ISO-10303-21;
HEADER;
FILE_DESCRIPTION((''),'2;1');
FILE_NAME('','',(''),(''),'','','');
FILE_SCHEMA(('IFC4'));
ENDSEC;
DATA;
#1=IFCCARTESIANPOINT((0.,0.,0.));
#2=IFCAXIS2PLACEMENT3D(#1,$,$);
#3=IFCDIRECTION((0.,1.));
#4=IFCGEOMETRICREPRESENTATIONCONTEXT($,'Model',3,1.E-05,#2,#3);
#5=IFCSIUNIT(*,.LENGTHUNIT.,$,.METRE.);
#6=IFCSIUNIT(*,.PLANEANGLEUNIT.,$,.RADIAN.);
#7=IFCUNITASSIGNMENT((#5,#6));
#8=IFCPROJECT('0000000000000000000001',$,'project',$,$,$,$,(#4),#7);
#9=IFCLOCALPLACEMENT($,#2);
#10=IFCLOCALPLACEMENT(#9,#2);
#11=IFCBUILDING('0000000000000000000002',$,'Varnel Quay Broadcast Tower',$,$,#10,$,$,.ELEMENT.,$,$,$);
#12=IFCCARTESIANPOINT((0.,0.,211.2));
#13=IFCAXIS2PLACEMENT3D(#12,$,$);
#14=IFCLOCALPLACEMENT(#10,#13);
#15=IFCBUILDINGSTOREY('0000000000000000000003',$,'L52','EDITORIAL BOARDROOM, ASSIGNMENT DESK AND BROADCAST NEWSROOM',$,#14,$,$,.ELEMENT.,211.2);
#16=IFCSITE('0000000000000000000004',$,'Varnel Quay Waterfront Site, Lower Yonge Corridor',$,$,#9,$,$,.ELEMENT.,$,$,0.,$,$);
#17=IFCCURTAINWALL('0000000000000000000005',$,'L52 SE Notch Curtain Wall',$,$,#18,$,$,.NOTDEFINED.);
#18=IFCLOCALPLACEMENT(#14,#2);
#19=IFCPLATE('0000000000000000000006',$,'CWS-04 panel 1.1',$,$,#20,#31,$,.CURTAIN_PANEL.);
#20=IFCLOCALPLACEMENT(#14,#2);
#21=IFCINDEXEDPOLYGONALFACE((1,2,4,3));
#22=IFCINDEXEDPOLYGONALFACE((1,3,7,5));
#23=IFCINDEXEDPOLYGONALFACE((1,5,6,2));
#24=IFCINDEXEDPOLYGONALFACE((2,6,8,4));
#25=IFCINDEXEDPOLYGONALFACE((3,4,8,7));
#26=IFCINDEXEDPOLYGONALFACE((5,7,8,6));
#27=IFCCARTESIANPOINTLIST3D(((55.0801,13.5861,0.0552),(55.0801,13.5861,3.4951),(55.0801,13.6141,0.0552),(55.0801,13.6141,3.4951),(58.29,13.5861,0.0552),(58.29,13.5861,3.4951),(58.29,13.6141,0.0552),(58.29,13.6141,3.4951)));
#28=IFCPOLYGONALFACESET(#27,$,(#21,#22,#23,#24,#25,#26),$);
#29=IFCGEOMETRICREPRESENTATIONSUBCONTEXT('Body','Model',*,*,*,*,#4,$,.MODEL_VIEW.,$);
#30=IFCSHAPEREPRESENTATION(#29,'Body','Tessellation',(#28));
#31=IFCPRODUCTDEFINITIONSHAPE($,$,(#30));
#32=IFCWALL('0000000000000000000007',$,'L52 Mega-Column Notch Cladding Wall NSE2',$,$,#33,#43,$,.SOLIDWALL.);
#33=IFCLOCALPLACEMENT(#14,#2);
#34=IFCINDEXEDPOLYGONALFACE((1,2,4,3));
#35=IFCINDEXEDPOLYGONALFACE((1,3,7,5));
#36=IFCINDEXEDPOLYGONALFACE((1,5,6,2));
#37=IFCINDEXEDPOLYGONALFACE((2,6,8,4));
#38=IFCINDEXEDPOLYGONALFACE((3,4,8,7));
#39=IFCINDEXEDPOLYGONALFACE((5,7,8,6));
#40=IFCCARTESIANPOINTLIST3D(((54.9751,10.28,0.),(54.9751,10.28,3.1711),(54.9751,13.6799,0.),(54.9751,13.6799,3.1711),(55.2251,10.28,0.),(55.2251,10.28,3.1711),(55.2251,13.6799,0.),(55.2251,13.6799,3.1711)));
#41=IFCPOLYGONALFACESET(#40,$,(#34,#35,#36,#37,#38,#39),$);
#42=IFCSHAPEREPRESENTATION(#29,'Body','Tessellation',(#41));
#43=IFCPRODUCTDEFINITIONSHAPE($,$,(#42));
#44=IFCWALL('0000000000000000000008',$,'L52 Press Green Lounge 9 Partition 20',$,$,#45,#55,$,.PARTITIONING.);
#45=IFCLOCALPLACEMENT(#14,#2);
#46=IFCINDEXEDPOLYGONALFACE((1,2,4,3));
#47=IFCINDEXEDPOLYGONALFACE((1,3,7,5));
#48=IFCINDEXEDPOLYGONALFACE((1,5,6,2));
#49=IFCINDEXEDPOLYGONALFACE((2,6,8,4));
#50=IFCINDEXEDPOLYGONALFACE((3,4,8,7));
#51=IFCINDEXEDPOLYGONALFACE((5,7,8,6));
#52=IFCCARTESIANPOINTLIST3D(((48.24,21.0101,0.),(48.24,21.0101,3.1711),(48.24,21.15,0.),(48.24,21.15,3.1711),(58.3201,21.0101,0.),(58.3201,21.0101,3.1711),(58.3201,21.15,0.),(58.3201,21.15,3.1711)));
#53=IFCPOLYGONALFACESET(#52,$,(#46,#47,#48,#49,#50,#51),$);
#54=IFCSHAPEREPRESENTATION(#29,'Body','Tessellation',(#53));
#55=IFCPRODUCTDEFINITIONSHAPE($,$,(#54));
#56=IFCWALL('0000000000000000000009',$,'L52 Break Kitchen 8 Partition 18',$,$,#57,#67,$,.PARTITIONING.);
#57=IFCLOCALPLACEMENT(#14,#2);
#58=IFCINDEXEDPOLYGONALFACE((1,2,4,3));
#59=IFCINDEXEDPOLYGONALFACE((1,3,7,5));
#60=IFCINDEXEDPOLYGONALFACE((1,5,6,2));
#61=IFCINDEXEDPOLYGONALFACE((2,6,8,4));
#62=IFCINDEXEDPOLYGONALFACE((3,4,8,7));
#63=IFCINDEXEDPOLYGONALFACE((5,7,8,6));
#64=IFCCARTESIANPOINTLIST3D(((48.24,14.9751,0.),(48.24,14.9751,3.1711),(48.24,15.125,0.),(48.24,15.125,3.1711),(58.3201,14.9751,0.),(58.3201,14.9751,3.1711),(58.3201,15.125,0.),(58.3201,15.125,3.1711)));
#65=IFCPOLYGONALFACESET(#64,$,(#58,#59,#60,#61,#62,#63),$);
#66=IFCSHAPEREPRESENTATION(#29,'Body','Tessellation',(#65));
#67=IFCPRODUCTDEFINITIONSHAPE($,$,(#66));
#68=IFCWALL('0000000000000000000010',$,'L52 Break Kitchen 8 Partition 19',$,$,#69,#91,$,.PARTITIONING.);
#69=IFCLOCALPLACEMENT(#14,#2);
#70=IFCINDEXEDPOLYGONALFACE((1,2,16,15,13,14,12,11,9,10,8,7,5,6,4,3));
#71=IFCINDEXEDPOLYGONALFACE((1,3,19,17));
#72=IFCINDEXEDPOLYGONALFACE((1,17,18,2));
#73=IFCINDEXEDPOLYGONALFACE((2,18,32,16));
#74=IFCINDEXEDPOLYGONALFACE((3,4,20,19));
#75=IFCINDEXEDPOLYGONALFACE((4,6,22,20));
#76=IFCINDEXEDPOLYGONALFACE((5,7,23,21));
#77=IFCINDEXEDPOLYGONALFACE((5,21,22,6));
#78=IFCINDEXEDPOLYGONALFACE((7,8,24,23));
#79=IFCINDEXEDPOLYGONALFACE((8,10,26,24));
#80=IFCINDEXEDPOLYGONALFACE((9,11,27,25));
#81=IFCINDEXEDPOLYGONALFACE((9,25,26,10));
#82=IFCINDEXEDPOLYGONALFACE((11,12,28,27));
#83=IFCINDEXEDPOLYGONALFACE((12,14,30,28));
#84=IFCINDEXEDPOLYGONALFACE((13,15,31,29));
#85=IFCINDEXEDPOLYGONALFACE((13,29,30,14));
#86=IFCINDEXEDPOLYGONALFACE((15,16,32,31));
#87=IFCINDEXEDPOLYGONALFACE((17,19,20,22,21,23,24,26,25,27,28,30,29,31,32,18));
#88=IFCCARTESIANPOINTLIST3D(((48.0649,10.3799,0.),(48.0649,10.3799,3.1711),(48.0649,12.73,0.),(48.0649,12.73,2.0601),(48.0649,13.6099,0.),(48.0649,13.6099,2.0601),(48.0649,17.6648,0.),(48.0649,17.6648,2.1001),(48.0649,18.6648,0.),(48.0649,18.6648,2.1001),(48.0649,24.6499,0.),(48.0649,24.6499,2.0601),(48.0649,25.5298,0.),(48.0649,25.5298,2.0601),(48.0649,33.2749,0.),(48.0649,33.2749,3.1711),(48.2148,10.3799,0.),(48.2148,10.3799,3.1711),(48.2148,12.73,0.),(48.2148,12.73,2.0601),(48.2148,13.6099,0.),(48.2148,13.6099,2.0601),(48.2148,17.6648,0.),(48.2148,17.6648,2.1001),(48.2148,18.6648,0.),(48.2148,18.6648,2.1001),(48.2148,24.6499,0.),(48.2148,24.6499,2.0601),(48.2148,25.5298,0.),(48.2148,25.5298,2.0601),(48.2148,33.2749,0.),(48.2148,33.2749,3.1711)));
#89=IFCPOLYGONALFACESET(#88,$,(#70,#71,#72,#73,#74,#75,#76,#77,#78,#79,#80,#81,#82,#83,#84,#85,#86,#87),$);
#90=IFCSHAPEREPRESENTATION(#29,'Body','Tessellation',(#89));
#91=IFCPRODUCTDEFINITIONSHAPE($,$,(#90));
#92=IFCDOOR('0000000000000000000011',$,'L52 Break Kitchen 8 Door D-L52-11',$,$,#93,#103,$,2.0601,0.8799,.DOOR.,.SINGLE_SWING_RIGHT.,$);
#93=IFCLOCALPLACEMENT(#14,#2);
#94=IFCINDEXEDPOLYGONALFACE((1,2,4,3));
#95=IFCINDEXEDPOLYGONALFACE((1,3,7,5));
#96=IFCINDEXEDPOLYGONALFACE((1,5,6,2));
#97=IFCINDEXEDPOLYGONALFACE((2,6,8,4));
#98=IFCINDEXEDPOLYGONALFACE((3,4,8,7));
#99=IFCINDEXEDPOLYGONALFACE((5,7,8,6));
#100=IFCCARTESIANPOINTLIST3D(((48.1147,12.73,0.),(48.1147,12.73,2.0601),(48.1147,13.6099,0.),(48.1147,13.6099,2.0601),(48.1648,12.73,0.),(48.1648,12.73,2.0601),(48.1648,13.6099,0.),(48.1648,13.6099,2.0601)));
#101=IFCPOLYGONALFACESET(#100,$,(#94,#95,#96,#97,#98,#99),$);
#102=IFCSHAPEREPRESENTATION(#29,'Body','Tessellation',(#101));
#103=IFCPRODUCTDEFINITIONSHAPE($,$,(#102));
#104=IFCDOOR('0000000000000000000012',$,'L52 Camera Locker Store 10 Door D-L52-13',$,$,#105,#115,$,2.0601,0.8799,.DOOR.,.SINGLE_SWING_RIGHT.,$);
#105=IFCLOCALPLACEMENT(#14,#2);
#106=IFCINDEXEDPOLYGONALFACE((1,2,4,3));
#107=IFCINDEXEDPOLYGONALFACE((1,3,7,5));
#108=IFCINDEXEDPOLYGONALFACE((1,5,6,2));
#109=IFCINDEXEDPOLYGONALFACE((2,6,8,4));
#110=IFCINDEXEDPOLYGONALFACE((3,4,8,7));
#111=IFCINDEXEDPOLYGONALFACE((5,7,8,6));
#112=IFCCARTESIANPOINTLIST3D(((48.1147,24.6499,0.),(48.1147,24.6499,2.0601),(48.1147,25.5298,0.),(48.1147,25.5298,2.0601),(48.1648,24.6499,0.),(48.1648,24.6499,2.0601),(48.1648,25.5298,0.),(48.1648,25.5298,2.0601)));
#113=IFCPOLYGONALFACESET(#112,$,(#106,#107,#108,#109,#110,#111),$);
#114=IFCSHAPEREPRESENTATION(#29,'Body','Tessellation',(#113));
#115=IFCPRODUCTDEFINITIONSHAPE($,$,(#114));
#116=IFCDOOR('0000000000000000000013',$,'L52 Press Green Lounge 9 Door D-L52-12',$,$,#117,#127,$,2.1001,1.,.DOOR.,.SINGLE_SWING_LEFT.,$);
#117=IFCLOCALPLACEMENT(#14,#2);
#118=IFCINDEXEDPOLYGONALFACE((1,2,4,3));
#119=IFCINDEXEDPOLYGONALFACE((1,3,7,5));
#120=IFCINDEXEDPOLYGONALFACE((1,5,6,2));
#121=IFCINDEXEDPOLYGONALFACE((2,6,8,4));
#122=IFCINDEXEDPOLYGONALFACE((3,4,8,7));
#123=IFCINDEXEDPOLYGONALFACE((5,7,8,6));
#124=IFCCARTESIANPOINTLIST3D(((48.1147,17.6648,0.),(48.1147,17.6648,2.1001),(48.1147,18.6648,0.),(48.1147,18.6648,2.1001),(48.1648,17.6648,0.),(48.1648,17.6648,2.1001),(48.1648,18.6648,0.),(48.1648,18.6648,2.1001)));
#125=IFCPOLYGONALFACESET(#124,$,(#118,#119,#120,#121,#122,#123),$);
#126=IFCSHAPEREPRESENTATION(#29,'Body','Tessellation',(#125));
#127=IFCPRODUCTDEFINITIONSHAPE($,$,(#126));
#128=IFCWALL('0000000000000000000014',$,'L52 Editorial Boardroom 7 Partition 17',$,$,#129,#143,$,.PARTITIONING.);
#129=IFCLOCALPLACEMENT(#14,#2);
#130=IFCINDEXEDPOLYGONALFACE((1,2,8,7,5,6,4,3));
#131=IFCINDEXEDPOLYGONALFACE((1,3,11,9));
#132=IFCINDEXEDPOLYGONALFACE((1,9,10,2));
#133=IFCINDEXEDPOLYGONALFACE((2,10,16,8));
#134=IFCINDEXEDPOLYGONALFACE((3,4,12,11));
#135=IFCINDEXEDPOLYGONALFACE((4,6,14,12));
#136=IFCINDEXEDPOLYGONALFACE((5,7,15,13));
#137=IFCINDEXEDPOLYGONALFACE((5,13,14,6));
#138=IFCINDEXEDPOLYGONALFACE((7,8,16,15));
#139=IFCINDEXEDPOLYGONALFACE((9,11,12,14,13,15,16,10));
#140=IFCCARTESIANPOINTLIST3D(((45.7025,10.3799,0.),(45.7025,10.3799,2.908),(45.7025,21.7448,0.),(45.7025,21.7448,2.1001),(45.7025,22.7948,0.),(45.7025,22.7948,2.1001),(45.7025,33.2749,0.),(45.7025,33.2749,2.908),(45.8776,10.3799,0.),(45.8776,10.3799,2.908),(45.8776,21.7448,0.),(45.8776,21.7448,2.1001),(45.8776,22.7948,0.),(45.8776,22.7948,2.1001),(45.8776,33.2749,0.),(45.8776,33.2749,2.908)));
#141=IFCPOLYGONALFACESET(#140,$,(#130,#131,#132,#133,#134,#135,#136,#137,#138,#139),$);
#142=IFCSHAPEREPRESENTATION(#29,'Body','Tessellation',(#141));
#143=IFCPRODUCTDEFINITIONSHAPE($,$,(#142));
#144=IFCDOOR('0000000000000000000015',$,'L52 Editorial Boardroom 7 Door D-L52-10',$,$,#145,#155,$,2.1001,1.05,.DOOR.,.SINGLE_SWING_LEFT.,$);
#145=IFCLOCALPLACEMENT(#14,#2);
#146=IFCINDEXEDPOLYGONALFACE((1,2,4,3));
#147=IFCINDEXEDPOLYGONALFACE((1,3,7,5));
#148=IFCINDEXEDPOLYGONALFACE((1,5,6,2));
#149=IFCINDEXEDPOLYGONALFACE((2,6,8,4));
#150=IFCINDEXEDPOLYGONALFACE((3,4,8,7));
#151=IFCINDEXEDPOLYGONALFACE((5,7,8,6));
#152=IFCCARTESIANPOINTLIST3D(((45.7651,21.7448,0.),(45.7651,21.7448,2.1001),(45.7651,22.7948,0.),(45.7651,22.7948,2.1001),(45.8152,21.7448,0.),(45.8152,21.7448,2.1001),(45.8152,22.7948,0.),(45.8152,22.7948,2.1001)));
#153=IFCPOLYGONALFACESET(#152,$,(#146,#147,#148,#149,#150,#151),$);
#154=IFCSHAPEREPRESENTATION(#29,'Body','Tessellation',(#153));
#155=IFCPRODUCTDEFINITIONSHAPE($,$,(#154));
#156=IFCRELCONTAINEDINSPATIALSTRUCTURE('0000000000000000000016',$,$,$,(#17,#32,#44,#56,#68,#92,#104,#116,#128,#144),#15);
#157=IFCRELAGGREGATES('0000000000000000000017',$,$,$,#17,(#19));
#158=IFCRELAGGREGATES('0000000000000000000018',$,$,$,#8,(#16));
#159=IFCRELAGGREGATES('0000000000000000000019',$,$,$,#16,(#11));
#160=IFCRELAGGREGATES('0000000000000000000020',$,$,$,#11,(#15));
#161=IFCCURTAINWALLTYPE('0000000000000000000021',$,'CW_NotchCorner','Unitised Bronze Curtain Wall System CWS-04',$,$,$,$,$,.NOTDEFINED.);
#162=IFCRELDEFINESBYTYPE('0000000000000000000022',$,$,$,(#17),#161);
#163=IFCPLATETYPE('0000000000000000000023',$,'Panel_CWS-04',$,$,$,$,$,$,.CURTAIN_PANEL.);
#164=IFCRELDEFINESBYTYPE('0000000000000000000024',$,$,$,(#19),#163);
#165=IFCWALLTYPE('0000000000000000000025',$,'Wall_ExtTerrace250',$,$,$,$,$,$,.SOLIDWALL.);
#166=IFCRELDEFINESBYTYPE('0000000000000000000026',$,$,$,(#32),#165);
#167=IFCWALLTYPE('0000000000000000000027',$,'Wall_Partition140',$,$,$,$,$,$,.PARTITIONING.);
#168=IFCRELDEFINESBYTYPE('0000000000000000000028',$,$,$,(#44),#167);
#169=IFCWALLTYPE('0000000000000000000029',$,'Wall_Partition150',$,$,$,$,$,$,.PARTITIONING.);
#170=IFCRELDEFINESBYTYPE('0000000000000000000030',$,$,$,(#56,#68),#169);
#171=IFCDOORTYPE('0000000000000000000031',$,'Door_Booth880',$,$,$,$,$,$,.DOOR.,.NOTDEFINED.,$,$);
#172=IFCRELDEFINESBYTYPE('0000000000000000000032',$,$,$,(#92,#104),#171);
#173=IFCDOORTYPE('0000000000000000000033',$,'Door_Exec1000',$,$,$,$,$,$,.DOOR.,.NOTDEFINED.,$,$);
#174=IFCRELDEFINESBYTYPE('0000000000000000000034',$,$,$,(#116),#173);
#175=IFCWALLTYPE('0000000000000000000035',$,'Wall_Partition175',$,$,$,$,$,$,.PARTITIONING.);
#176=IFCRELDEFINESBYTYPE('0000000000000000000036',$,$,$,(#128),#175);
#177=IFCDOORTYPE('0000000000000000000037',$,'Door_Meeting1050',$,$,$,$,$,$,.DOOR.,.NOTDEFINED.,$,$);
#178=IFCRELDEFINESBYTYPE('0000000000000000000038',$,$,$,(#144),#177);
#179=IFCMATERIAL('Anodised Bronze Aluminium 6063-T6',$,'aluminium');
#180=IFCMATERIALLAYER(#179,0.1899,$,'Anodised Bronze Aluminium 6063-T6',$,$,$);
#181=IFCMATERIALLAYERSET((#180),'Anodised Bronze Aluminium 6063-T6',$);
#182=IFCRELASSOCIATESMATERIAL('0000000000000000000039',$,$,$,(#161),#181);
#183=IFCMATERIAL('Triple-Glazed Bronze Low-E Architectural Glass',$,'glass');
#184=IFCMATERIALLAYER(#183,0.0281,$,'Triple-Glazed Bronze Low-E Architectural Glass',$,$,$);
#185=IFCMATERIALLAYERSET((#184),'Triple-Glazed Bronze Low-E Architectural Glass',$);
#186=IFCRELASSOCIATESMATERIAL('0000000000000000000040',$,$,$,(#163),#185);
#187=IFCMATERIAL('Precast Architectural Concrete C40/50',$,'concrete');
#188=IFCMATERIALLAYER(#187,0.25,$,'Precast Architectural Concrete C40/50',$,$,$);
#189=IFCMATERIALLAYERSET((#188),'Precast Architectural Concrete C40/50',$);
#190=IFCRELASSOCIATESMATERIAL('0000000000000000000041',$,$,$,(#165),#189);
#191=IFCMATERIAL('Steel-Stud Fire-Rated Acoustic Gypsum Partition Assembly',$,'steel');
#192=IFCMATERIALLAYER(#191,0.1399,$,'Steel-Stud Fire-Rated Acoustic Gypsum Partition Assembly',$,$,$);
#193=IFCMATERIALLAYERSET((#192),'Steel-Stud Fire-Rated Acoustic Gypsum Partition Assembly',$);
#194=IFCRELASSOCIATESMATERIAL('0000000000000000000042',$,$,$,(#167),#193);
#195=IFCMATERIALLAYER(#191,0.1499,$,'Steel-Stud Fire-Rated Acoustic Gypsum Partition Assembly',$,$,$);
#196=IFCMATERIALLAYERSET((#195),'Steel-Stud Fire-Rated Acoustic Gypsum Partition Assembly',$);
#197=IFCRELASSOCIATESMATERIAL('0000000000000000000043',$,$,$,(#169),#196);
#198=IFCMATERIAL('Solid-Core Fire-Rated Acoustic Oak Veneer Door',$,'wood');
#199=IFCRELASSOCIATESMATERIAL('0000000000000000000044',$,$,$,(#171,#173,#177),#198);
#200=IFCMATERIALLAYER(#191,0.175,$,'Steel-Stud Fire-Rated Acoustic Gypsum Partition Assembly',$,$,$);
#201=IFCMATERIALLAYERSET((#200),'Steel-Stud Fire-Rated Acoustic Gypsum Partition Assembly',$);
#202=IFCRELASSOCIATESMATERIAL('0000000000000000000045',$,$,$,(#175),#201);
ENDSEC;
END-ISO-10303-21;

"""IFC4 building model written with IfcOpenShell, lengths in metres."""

from ifc_helpers import new_model, si_unit, direction, frame, frame_2d, origin, origin_2d, place, context, subcontext, project, spatial, rectangle, extrude, source, transform, mapped, material, layer, layer_set, type_object, type_shapes, element, fill, aggregate, save


model = new_model("IFC4")

# Units and contexts
model_context = context("Model", 3, precision=1e-05, world=origin(), true_north=direction((0.0, 1.0)))
body_context = subcontext(model_context, "Body", "Model", "MODEL_VIEW")
ifc_project = project(units=[si_unit("LENGTHUNIT", "METRE"), si_unit("PLANEANGLEUNIT", "RADIAN")], contexts=[model_context])

# Site, building, storey
site_placement = place(None, origin())
site = spatial("IfcSite", under=ifc_project, at=site_placement, Name="Varnel Quay Waterfront Site, Lower Yonge Corridor", CompositionType="ELEMENT", RefElevation=0.0)
building_placement = place(site_placement, origin())
building = spatial("IfcBuilding", under=site, at=building_placement, Name="Varnel Quay Broadcast Tower", CompositionType="ELEMENT")
storey_placement = place(building_placement, frame((0.0, 0.0, 211.2)))
storey = spatial("IfcBuildingStorey", under=building, at=storey_placement, Name="L52", Description="EDITORIAL BOARDROOM, ASSIGNMENT DESK AND BROADCAST NEWSROOM", CompositionType="ELEMENT", Elevation=211.2)

# Curtain wall
ifc_material_1 = material(Name="Anodised Bronze Aluminium 6063-T6", Category="aluminium")
ifc_layer_1 = layer(ifc_material_1, 0.1899, Name="Anodised Bronze Aluminium 6063-T6")
ifc_layer_set_1 = layer_set([ifc_layer_1], Name="Anodised Bronze Aluminium 6063-T6")
curtain_wall_type_1 = type_object("IfcCurtainWallType", Name="CW_NotchCorner", Description="Unitised Bronze Curtain Wall System CWS-04", PredefinedType="NOTDEFINED", material=ifc_layer_set_1)
curtain_wall_1_placement = place(storey_placement, origin())
curtain_wall_1 = element("IfcCurtainWall", 1, at=curtain_wall_1_placement, inside=storey, type_object=curtain_wall_type_1, Name="L52 SE Notch Curtain Wall", PredefinedType="NOTDEFINED")

# Plate
ifc_material_2 = material(Name="Triple-Glazed Bronze Low-E Architectural Glass", Category="glass")
ifc_layer_2 = layer(ifc_material_2, 0.0281, Name="Triple-Glazed Bronze Low-E Architectural Glass")
ifc_layer_set_2 = layer_set([ifc_layer_2], Name="Triple-Glazed Bronze Low-E Architectural Glass")
plate_type_1 = type_object("IfcPlateType", Name="Panel_CWS-04", PredefinedType="CURTAIN_PANEL", material=ifc_layer_set_2)
shared_shape_1 = source(origin(), body_context, "Body", "SweptSolid", [
    extrude(rectangle(XDim=3.21, YDim=0.0281, at=origin_2d()), origin(), (0.0, 0.0, 1.0), 3.4399),
])
type_shapes(plate_type_1, [shared_shape_1])
plate_1_placement = place(storey_placement, frame((56.6851, 13.6001, 0.0552), z_axis=(0.0, 0.0, 1.0), x_axis=(1.0, 0.0, 0.0)))
plate_1 = element("IfcPlate", 2, at=plate_1_placement, type_object=plate_type_1, Name="CWS-04 panel 1.1", PredefinedType="CURTAIN_PANEL", context=body_context, shape_type="MappedRepresentation", body=[
    mapped(shared_shape_1, transform((0.0, 0.0, 0.0), x_axis=(1.0, 0.0, 0.0), y_axis=(0.0, 1.0, 0.0), z_axis=(0.0, 0.0, 1.0), scale=1.0)),
])
aggregate(curtain_wall_1, [plate_1])

# Walls
ifc_material_3 = material(Name="Precast Architectural Concrete C40/50", Category="concrete")
ifc_layer_3 = layer(ifc_material_3, 0.25, Name="Precast Architectural Concrete C40/50")
ifc_layer_set_3 = layer_set([ifc_layer_3], Name="Precast Architectural Concrete C40/50")
wall_type_1 = type_object("IfcWallType", Name="Wall_ExtTerrace250", PredefinedType="SOLIDWALL", material=ifc_layer_set_3)
wall_1_placement = place(storey_placement, frame((55.1001, 10.28, 0.0), z_axis=(0.0, 0.0, 1.0), x_axis=(0.0, 1.0, 0.0)))
element("IfcWall", 3, at=wall_1_placement, inside=storey, type_object=wall_type_1, Name="L52 Mega-Column Notch Cladding Wall NSE2", PredefinedType="SOLIDWALL", context=body_context, shape_type="SweptSolid", body=[
    extrude(rectangle(XDim=3.3999, YDim=0.25, at=frame_2d((1.7, 0.0))), origin(), (0.0, 0.0, 1.0), 3.1711),
])
ifc_material_4 = material(Name="Steel-Stud Fire-Rated Acoustic Gypsum Partition Assembly", Category="steel")
ifc_layer_4 = layer(ifc_material_4, 0.1399, Name="Steel-Stud Fire-Rated Acoustic Gypsum Partition Assembly")
ifc_layer_set_4 = layer_set([ifc_layer_4], Name="Steel-Stud Fire-Rated Acoustic Gypsum Partition Assembly")
wall_type_2 = type_object("IfcWallType", Name="Wall_Partition140", PredefinedType="PARTITIONING", material=ifc_layer_set_4)
wall_2_placement = place(storey_placement, frame((48.24, 21.0801, 0.0), z_axis=(0.0, 0.0, 1.0), x_axis=(1.0, 0.0, 0.0)))
element("IfcWall", 4, at=wall_2_placement, inside=storey, type_object=wall_type_2, Name="L52 Press Green Lounge 9 Partition 20", PredefinedType="PARTITIONING", context=body_context, shape_type="SweptSolid", body=[
    extrude(rectangle(XDim=10.0801, YDim=0.1399, at=frame_2d((5.04, 0.0))), origin(), (0.0, 0.0, 1.0), 3.1711),
])
ifc_layer_5 = layer(ifc_material_4, 0.1499, Name="Steel-Stud Fire-Rated Acoustic Gypsum Partition Assembly")
ifc_layer_set_5 = layer_set([ifc_layer_5], Name="Steel-Stud Fire-Rated Acoustic Gypsum Partition Assembly")
wall_type_3 = type_object("IfcWallType", Name="Wall_Partition150", PredefinedType="PARTITIONING", material=ifc_layer_set_5)
wall_3_placement = place(storey_placement, frame((48.24, 15.05, 0.0), z_axis=(0.0, 0.0, 1.0), x_axis=(1.0, 0.0, 0.0)))
element("IfcWall", 5, at=wall_3_placement, inside=storey, type_object=wall_type_3, Name="L52 Break Kitchen 8 Partition 18", PredefinedType="PARTITIONING", context=body_context, shape_type="SweptSolid", body=[
    extrude(rectangle(XDim=10.0801, YDim=0.1499, at=frame_2d((5.04, 0.0))), origin(), (0.0, 0.0, 1.0), 3.1711),
])

# Wall, openings, doors
wall_4_placement = place(storey_placement, frame((48.1399, 10.3799, 0.0), z_axis=(0.0, 0.0, 1.0), x_axis=(0.0, 1.0, 0.0)))
wall_4 = element("IfcWall", 6, at=wall_4_placement, inside=storey, type_object=wall_type_3, Name="L52 Break Kitchen 8 Partition 19", PredefinedType="PARTITIONING", context=body_context, shape_type="SweptSolid", body=[
    extrude(rectangle(XDim=22.895, YDim=0.1499, at=frame_2d((11.4475, 0.0))), origin(), (0.0, 0.0, 1.0), 3.1711),
])
opening_1_placement = place(wall_4_placement, frame((2.3501, 0.0, 0.0)))
opening_1 = element("IfcOpeningElement", 7, at=opening_1_placement, cuts=wall_4, PredefinedType="OPENING", context=body_context, shape_type="SweptSolid", body=[
    extrude(rectangle(XDim=0.8799, YDim=2.0601, at=frame_2d((0.4399, 1.03))), frame((0.0, 0.085, 0.0), z_axis=(0.0, -1.0, 0.0), x_axis=(1.0, 0.0, 0.0)), (0.0, 0.0, 1.0), 0.1699),
])
opening_2_placement = place(wall_4_placement, frame((7.2849, 0.0, 0.0)))
opening_2 = element("IfcOpeningElement", 8, at=opening_2_placement, cuts=wall_4, PredefinedType="OPENING", context=body_context, shape_type="SweptSolid", body=[
    extrude(rectangle(XDim=1.0, YDim=2.1001, at=frame_2d((0.5, 1.05))), frame((0.0, 0.085, 0.0), z_axis=(0.0, -1.0, 0.0), x_axis=(1.0, 0.0, 0.0)), (0.0, 0.0, 1.0), 0.1699),
])
opening_3_placement = place(wall_4_placement, frame((14.27, 0.0, 0.0)))
opening_3 = element("IfcOpeningElement", 9, at=opening_3_placement, cuts=wall_4, PredefinedType="OPENING", context=body_context, shape_type="SweptSolid", body=[
    extrude(rectangle(XDim=0.8799, YDim=2.0601, at=frame_2d((0.4399, 1.03))), frame((0.0, 0.085, 0.0), z_axis=(0.0, -1.0, 0.0), x_axis=(1.0, 0.0, 0.0)), (0.0, 0.0, 1.0), 0.1699),
])
ifc_material_5 = material(Name="Solid-Core Fire-Rated Acoustic Oak Veneer Door", Category="wood")
door_type_1 = type_object("IfcDoorType", Name="Door_Booth880", OperationType="NOTDEFINED", PredefinedType="DOOR", material=ifc_material_5)
shared_shape_2 = source(origin(), body_context, "Body", "SweptSolid", [
    extrude(rectangle(XDim=0.8799, YDim=2.0601, at=frame_2d((0.4399, 1.03))), frame((0.0, 0.0249, 0.0), z_axis=(0.0, -1.0, 0.0), x_axis=(1.0, 0.0, 0.0)), (0.0, 0.0, 1.0), 0.05),
])
type_shapes(door_type_1, [shared_shape_2])
door_1_placement = place(opening_1_placement, frame((0.8799, 0.0, 0.0), z_axis=(0.0, 0.0, 1.0), x_axis=(-1.0, 0.0, 0.0)))
door_1 = element("IfcDoor", 10, at=door_1_placement, inside=storey, type_object=door_type_1, Name="L52 Break Kitchen 8 Door D-L52-11", OperationType="SINGLE_SWING_RIGHT", OverallHeight=2.0601, OverallWidth=0.8799, PredefinedType="DOOR", context=body_context, shape_type="MappedRepresentation", body=[
    mapped(shared_shape_2, transform((0.0, 0.0, 0.0), x_axis=(1.0, 0.0, 0.0), y_axis=(0.0, 1.0, 0.0), z_axis=(0.0, 0.0, 1.0), scale=1.0)),
])
fill(opening_1, door_1)
door_2_placement = place(opening_3_placement, frame((0.8799, 0.0, 0.0), z_axis=(0.0, 0.0, 1.0), x_axis=(-1.0, 0.0, 0.0)))
door_2 = element("IfcDoor", 11, at=door_2_placement, inside=storey, type_object=door_type_1, Name="L52 Camera Locker Store 10 Door D-L52-13", OperationType="SINGLE_SWING_RIGHT", OverallHeight=2.0601, OverallWidth=0.8799, PredefinedType="DOOR", context=body_context, shape_type="MappedRepresentation", body=[
    mapped(shared_shape_2, transform((0.0, 0.0, 0.0), x_axis=(1.0, 0.0, 0.0), y_axis=(0.0, 1.0, 0.0), z_axis=(0.0, 0.0, 1.0), scale=1.0)),
])
fill(opening_3, door_2)
door_type_2 = type_object("IfcDoorType", Name="Door_Exec1000", OperationType="NOTDEFINED", PredefinedType="DOOR", material=ifc_material_5)
shared_shape_3 = source(origin(), body_context, "Body", "SweptSolid", [
    extrude(rectangle(XDim=1.0, YDim=2.1001, at=frame_2d((0.5, 1.05))), frame((0.0, 0.0249, 0.0), z_axis=(0.0, -1.0, 0.0), x_axis=(1.0, 0.0, 0.0)), (0.0, 0.0, 1.0), 0.05),
])
type_shapes(door_type_2, [shared_shape_3])
door_3_placement = place(opening_2_placement, frame((1.0, 0.0, 0.0), z_axis=(0.0, 0.0, 1.0), x_axis=(-1.0, 0.0, 0.0)))
door_3 = element("IfcDoor", 12, at=door_3_placement, inside=storey, type_object=door_type_2, Name="L52 Press Green Lounge 9 Door D-L52-12", OperationType="SINGLE_SWING_LEFT", OverallHeight=2.1001, OverallWidth=1.0, PredefinedType="DOOR", context=body_context, shape_type="MappedRepresentation", body=[
    mapped(shared_shape_3, transform((0.0, 0.0, 0.0), x_axis=(1.0, 0.0, 0.0), y_axis=(0.0, 1.0, 0.0), z_axis=(0.0, 0.0, 1.0), scale=1.0)),
])
fill(opening_2, door_3)

# Wall, opening, door
ifc_layer_6 = layer(ifc_material_4, 0.175, Name="Steel-Stud Fire-Rated Acoustic Gypsum Partition Assembly")
ifc_layer_set_6 = layer_set([ifc_layer_6], Name="Steel-Stud Fire-Rated Acoustic Gypsum Partition Assembly")
wall_type_4 = type_object("IfcWallType", Name="Wall_Partition175", PredefinedType="PARTITIONING", material=ifc_layer_set_6)
wall_5_placement = place(storey_placement, frame((45.79, 10.3799, 0.0), z_axis=(0.0, 0.0, 1.0), x_axis=(0.0, 1.0, 0.0)))
wall_5 = element("IfcWall", 13, at=wall_5_placement, inside=storey, type_object=wall_type_4, Name="L52 Editorial Boardroom 7 Partition 17", PredefinedType="PARTITIONING", context=body_context, shape_type="SweptSolid", body=[
    extrude(rectangle(XDim=22.895, YDim=0.175, at=frame_2d((11.4475, 0.0))), origin(), (0.0, 0.0, 1.0), 2.908),
])
opening_4_placement = place(wall_5_placement, frame((11.365, 0.0, 0.0)))
opening_4 = element("IfcOpeningElement", 14, at=opening_4_placement, cuts=wall_5, PredefinedType="OPENING", context=body_context, shape_type="SweptSolid", body=[
    extrude(rectangle(XDim=1.05, YDim=2.1001, at=frame_2d((0.5249, 1.05))), frame((0.0, 0.0977, 0.0), z_axis=(0.0, -1.0, 0.0), x_axis=(1.0, 0.0, 0.0)), (0.0, 0.0, 1.0), 0.1951),
])
door_type_3 = type_object("IfcDoorType", Name="Door_Meeting1050", OperationType="NOTDEFINED", PredefinedType="DOOR", material=ifc_material_5)
shared_shape_4 = source(origin(), body_context, "Body", "SweptSolid", [
    extrude(rectangle(XDim=1.05, YDim=2.1001, at=frame_2d((0.5249, 1.05))), frame((0.0, 0.0249, 0.0), z_axis=(0.0, -1.0, 0.0), x_axis=(1.0, 0.0, 0.0)), (0.0, 0.0, 1.0), 0.05),
])
type_shapes(door_type_3, [shared_shape_4])
door_4_placement = place(opening_4_placement, origin())
door_4 = element("IfcDoor", 15, at=door_4_placement, inside=storey, type_object=door_type_3, Name="L52 Editorial Boardroom 7 Door D-L52-10", OperationType="SINGLE_SWING_LEFT", OverallHeight=2.1001, OverallWidth=1.05, PredefinedType="DOOR", context=body_context, shape_type="MappedRepresentation", body=[
    mapped(shared_shape_4, transform((0.0, 0.0, 0.0), x_axis=(1.0, 0.0, 0.0), y_axis=(0.0, 1.0, 0.0), z_axis=(0.0, 0.0, 1.0), scale=1.0)),
])
fill(opening_4, door_4)

save(model, "model.ifc")
